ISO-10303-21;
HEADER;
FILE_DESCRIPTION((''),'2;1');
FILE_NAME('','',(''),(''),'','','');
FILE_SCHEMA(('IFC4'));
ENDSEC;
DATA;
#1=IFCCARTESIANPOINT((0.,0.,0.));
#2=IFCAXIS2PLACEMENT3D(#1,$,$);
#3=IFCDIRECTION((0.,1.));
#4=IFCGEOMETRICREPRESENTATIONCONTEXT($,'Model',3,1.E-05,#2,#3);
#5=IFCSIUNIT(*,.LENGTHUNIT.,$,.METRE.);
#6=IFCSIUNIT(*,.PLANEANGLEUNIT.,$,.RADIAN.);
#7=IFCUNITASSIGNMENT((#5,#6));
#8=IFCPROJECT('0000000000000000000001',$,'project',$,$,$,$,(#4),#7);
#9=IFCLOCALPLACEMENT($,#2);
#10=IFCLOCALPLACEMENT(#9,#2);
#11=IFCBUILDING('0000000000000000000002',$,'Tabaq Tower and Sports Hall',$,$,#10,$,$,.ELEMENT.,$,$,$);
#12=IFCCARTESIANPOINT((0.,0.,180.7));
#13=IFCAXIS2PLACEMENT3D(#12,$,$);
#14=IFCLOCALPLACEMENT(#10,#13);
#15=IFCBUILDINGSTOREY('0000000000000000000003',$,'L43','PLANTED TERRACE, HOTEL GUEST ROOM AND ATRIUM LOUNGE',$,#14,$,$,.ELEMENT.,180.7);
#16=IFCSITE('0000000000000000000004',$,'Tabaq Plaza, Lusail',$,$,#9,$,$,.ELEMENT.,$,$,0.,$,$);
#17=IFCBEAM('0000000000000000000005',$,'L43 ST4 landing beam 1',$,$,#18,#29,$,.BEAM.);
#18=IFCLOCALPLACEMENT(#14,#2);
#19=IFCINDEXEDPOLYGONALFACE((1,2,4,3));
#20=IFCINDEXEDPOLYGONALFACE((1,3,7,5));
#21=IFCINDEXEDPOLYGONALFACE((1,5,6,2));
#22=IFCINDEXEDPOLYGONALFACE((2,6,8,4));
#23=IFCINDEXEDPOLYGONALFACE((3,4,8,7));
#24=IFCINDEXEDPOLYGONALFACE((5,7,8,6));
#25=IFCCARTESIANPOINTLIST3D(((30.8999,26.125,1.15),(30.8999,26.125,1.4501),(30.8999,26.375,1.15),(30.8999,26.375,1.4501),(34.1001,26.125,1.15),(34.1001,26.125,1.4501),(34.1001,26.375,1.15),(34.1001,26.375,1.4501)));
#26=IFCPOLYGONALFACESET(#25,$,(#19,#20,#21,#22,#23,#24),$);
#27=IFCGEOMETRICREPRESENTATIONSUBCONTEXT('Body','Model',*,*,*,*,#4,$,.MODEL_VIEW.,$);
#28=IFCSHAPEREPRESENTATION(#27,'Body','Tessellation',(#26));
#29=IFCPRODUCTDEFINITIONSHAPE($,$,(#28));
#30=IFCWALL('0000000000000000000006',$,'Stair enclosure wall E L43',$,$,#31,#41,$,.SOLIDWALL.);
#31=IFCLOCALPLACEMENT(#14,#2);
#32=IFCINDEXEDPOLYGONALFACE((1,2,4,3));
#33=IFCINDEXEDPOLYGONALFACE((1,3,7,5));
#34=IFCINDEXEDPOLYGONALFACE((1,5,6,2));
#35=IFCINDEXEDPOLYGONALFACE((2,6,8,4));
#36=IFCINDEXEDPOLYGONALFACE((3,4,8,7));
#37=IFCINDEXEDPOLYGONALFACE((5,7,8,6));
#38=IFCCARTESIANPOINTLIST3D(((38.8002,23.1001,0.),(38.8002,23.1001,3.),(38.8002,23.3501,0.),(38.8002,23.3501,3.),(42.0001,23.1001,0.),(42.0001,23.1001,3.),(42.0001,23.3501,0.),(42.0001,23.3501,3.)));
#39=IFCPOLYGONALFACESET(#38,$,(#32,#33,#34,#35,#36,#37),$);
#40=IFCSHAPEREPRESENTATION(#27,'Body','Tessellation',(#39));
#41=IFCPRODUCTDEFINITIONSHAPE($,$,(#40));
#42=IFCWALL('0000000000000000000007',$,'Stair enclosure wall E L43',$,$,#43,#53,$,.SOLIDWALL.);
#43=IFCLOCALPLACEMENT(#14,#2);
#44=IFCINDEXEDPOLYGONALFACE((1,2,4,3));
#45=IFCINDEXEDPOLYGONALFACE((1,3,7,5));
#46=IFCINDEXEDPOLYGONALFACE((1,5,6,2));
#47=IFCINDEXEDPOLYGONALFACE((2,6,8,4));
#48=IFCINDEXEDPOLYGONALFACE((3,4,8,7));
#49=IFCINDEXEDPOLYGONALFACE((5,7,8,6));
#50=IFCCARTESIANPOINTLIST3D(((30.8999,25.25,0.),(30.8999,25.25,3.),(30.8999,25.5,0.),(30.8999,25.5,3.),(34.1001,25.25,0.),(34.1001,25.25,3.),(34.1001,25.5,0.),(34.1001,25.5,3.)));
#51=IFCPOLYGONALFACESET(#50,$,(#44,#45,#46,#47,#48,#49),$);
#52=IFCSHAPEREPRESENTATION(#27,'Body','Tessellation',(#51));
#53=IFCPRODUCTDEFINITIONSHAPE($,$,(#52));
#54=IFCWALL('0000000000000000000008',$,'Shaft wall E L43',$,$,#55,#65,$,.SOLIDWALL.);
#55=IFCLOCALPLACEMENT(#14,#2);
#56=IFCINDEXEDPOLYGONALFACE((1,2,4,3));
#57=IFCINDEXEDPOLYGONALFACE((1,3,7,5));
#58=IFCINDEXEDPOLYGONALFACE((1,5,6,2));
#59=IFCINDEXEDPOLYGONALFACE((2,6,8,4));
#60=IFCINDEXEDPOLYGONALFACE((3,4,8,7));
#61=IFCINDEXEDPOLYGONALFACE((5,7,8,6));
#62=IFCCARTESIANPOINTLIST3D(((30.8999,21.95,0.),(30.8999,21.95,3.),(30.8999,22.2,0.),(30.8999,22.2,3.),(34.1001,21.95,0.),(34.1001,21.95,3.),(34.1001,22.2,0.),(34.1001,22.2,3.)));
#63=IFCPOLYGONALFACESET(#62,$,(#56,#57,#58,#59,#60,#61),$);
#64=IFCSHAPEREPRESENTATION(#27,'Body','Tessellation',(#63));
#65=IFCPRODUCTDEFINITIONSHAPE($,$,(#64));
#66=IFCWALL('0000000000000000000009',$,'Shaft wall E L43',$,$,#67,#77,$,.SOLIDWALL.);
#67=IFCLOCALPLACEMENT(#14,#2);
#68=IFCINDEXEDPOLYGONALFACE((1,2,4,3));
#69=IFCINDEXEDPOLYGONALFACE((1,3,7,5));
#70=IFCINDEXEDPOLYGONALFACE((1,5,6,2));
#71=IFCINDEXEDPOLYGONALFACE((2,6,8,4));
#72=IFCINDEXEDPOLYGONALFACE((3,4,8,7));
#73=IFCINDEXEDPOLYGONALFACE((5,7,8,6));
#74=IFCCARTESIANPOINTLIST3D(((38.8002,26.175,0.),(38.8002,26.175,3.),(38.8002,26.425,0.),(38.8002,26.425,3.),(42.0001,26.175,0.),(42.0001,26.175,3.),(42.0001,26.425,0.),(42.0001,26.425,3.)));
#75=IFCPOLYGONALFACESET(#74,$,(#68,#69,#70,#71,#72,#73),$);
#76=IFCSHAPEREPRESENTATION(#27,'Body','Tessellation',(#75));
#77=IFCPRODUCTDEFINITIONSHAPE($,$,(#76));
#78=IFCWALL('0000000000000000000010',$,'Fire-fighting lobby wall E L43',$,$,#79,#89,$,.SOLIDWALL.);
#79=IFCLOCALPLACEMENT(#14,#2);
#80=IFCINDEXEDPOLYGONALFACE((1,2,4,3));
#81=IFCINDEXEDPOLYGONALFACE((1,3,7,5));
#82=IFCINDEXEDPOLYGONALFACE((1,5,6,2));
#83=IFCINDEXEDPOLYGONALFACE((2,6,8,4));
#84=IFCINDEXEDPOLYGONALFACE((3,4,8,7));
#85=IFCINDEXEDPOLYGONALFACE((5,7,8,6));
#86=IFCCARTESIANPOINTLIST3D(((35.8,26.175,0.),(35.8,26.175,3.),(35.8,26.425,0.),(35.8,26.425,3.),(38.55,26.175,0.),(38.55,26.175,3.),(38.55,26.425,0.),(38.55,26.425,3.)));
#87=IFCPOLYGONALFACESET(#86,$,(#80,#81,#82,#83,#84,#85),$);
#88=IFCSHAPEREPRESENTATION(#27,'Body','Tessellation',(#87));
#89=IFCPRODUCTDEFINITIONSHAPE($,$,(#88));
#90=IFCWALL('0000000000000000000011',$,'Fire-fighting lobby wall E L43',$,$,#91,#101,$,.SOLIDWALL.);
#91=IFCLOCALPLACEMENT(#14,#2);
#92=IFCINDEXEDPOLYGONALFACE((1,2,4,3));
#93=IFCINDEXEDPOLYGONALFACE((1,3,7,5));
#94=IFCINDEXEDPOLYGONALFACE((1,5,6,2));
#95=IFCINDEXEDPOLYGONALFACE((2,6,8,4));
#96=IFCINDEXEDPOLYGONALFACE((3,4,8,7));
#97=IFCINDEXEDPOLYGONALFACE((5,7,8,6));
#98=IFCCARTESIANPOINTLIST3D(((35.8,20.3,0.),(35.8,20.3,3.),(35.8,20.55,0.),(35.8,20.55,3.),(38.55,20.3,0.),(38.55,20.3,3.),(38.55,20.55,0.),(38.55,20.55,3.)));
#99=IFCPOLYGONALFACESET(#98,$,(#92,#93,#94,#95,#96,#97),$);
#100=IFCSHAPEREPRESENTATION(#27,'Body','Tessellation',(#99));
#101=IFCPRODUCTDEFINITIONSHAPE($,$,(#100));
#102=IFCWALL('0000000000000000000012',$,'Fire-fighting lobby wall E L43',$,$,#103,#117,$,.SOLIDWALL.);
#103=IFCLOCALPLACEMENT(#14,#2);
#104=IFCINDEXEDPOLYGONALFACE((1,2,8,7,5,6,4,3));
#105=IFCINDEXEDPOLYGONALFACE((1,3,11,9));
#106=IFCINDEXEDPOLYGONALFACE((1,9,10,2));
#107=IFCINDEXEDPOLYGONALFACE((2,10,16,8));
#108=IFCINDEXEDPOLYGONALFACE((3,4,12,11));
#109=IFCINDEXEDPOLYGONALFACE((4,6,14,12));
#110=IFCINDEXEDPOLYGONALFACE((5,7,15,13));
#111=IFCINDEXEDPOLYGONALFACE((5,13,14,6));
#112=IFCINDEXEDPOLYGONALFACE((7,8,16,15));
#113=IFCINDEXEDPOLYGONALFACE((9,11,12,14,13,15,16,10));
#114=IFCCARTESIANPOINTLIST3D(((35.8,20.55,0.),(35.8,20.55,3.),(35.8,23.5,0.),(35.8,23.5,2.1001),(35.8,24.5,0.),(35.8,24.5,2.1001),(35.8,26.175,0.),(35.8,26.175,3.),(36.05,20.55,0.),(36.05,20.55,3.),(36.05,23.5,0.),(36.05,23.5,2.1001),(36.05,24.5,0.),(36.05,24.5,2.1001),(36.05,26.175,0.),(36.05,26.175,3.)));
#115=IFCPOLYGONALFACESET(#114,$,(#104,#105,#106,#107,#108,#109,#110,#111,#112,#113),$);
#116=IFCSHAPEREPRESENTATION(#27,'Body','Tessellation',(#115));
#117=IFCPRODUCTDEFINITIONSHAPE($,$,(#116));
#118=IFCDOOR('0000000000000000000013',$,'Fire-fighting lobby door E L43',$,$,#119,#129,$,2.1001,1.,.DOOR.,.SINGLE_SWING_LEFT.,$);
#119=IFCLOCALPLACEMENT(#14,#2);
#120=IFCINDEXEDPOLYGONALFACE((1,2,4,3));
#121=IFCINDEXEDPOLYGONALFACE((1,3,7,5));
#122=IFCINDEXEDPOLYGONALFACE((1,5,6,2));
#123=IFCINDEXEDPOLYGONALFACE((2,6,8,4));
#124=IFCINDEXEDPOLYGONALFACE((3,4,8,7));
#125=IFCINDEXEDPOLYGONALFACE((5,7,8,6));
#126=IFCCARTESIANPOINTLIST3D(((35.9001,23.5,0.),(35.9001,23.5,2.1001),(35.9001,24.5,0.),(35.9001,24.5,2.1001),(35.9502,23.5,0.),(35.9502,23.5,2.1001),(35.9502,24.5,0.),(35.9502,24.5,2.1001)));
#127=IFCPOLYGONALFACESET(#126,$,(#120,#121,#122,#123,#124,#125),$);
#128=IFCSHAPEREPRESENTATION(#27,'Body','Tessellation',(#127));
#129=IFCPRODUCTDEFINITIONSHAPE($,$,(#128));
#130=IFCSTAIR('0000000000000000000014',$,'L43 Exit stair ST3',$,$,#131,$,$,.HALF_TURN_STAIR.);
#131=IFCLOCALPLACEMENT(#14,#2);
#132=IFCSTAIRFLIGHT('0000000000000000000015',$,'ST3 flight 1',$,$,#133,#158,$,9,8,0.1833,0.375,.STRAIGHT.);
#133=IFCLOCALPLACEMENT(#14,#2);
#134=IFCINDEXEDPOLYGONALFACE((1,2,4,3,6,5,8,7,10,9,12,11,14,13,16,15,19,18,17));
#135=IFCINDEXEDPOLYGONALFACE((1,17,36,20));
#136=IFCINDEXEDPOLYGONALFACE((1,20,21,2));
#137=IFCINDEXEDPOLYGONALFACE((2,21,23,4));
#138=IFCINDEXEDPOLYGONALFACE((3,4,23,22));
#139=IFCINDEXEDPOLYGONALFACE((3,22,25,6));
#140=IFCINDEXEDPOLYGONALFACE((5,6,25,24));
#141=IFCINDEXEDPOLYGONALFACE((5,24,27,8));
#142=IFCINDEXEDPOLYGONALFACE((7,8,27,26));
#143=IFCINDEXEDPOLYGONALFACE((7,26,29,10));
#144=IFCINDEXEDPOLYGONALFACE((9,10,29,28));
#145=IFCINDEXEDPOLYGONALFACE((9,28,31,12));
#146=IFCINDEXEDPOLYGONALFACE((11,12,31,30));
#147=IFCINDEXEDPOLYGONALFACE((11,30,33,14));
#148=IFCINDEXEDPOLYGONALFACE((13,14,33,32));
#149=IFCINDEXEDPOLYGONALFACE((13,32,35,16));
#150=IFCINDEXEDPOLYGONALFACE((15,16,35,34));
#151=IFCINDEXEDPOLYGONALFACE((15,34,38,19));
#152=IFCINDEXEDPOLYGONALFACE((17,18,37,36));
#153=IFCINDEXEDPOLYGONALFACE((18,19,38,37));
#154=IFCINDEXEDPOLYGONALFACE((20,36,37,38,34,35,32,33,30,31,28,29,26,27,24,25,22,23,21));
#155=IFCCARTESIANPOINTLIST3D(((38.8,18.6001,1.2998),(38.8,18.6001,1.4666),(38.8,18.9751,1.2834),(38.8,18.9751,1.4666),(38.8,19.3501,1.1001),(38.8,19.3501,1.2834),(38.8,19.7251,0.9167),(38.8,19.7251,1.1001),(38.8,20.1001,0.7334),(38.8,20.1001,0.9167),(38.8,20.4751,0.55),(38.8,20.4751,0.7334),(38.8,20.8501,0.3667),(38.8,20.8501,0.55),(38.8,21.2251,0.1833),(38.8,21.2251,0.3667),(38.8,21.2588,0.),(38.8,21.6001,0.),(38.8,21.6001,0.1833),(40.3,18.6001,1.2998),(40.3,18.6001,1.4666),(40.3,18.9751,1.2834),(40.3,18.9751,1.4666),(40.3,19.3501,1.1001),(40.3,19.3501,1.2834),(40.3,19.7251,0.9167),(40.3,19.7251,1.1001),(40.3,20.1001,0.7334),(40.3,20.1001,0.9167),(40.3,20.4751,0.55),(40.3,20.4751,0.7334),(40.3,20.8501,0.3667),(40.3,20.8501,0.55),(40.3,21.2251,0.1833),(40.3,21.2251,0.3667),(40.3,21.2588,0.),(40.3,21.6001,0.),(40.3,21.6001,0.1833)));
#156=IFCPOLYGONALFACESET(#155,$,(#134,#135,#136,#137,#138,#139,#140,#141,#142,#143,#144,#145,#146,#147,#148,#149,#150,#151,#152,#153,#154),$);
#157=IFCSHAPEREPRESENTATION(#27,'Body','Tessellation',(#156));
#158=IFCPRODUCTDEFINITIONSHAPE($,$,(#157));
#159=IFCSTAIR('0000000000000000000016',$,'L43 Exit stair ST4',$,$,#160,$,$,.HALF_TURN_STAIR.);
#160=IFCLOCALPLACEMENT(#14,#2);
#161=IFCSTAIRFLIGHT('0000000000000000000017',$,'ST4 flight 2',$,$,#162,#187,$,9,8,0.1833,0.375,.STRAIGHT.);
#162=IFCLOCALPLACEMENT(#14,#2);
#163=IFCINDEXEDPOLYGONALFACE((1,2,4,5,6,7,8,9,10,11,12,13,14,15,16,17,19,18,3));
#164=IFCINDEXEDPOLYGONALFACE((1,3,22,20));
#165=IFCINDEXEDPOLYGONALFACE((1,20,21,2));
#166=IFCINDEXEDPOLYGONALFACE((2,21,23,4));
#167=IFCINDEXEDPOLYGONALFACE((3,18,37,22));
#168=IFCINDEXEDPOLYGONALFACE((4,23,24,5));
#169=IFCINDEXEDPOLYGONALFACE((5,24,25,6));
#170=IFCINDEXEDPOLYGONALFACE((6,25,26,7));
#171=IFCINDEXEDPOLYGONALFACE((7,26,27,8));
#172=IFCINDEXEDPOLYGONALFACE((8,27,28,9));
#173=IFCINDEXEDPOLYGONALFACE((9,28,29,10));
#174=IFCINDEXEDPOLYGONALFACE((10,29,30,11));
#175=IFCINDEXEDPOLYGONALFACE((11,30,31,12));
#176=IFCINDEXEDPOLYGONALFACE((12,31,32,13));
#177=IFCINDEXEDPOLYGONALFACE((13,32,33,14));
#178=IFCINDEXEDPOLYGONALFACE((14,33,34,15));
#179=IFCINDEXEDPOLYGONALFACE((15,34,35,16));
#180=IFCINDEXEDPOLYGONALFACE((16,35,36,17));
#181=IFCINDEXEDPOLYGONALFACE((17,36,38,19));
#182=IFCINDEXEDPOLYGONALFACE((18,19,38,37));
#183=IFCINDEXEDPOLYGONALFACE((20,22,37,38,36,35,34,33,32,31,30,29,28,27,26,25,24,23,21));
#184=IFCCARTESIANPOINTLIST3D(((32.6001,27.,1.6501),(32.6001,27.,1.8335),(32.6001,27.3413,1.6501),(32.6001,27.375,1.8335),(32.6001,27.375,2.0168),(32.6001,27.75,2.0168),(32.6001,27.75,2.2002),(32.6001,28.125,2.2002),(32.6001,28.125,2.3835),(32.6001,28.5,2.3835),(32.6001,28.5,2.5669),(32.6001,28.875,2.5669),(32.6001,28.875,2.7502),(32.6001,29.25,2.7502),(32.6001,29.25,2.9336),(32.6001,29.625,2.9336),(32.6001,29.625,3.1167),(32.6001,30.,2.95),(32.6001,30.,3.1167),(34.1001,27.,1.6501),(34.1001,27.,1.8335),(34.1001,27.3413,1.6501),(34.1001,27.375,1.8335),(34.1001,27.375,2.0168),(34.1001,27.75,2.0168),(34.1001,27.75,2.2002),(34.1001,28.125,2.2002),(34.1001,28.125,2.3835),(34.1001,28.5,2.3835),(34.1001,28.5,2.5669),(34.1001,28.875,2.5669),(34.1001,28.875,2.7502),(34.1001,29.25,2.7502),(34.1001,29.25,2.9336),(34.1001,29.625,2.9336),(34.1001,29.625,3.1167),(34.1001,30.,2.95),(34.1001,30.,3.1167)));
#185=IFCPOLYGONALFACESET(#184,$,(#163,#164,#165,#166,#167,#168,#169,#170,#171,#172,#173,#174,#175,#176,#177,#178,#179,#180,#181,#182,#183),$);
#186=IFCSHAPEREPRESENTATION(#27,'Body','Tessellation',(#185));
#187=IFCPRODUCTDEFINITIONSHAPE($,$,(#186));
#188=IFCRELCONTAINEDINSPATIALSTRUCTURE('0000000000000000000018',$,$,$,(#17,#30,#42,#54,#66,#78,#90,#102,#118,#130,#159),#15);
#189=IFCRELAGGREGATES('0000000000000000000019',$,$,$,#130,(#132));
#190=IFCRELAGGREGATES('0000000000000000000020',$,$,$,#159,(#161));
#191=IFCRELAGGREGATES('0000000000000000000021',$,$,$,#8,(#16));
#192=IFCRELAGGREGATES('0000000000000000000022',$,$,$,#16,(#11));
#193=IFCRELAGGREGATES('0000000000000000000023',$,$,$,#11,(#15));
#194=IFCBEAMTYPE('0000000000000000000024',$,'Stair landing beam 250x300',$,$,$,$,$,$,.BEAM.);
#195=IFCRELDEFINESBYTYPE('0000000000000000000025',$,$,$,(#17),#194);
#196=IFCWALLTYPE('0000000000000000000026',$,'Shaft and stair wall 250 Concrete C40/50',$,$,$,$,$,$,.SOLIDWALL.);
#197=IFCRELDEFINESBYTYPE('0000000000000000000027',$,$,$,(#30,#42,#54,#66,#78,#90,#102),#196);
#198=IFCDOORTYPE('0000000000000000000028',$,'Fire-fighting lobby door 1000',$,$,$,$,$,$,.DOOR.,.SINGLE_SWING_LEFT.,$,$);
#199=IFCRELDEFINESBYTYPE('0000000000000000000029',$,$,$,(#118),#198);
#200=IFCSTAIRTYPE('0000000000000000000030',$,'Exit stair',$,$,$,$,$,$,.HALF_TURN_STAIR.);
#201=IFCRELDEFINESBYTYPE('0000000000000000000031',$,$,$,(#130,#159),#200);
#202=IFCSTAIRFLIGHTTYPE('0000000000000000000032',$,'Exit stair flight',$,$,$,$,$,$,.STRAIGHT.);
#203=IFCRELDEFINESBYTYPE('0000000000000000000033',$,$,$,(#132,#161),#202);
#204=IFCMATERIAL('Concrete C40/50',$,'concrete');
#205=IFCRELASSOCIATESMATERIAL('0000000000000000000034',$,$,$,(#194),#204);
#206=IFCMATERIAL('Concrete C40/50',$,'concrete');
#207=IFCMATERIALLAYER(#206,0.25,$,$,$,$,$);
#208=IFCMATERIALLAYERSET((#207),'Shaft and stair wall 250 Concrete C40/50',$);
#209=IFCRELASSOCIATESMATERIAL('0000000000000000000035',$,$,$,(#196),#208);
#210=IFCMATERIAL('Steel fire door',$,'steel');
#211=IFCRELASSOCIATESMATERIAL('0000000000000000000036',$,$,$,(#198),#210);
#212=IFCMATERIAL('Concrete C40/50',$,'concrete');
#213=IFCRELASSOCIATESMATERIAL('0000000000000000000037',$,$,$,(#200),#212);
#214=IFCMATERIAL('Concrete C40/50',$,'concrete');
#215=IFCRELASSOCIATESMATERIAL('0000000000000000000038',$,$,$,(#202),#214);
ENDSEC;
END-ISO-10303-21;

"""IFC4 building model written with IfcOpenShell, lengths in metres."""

from ifc_helpers import new_model, si_unit, direction, frame, frame_2d, origin, origin_2d, place, context, subcontext, project, spatial, polyline, rectangle, outline, extrude, material, layer, layer_set, material_profile, profile_set, type_object, element, fill, aggregate, save


model = new_model("IFC4")

# Units and contexts
model_context = context("Model", 3, precision=1e-05, world=origin(), true_north=direction((0.0, 1.0)))
body_context = subcontext(model_context, "Body", "Model", "MODEL_VIEW")
ifc_project = project(units=[si_unit("LENGTHUNIT", "METRE"), si_unit("PLANEANGLEUNIT", "RADIAN")], contexts=[model_context])

# Site, building, storey
site_placement = place(None, origin())
site = spatial("IfcSite", under=ifc_project, at=site_placement, Name="Tabaq Plaza, Lusail", CompositionType="ELEMENT", RefElevation=0.0)
building_placement = place(site_placement, origin())
building = spatial("IfcBuilding", under=site, at=building_placement, Name="Tabaq Tower and Sports Hall", CompositionType="ELEMENT")
storey_placement = place(building_placement, frame((0.0, 0.0, 180.7)))
storey = spatial("IfcBuildingStorey", under=building, at=storey_placement, Name="L43", Description="PLANTED TERRACE, HOTEL GUEST ROOM AND ATRIUM LOUNGE", CompositionType="ELEMENT", Elevation=180.7)

# Beam
ifc_material_1 = material(Name="Concrete C40/50", Category="concrete")
ifc_material_profile = material_profile(ifc_material_1, rectangle(XDim=0.25, YDim=0.3, at=origin_2d()), Name="RC 250x300")
ifc_profile_set = profile_set([ifc_material_profile], Name="Concrete C40/50")
beam_type = type_object("IfcBeamType", Name="Stair landing beam 250x300", PredefinedType="BEAM", material=ifc_profile_set)
beam_placement = place(storey_placement, frame((30.8999, 26.25, 1.3), z_axis=(1.0, 0.0, 0.0), x_axis=(0.0, 1.0, 0.0)))
element("IfcBeam", 1, at=beam_placement, inside=storey, type_object=beam_type, Name="L43 ST4 landing beam 1", PredefinedType="BEAM", context=body_context, shape_type="SweptSolid", body=[
    extrude(rectangle(XDim=0.25, YDim=0.3, at=origin_2d()), origin(), (0.0, 0.0, 1.0), 3.2002),
])

# Walls
ifc_material_2 = material(Name="Concrete C40/50", Category="concrete")
ifc_layer = layer(ifc_material_2, 0.25)
ifc_layer_set = layer_set([ifc_layer], Name="Shaft and stair wall 250 Concrete C40/50")
wall_type = type_object("IfcWallType", Name="Shaft and stair wall 250 Concrete C40/50", PredefinedType="SOLIDWALL", material=ifc_layer_set)
wall_1_placement = place(storey_placement, frame((38.8, 23.2251, 0.0), z_axis=(0.0, 0.0, 1.0), x_axis=(1.0, 0.0, 0.0)))
element("IfcWall", 2, at=wall_1_placement, inside=storey, type_object=wall_type, Name="Stair enclosure wall E L43", PredefinedType="SOLIDWALL", context=body_context, shape_type="SweptSolid", body=[
    extrude(rectangle(XDim=3.2, YDim=0.25, at=frame_2d((1.6001, 0.0))), origin(), (0.0, 0.0, 1.0), 3.0),
])
for number, where, z_axis, x_axis, name in (
    (3, (30.8999, 25.375, 0.0), (0.0, 0.0, 1.0), (1.0, 0.0, 0.0), "Stair enclosure wall E L43"),
    (4, (30.8999, 22.075, 0.0), (0.0, 0.0, 1.0), (1.0, 0.0, 0.0), "Shaft wall E L43"),
):
    element("IfcWall", number, at=place(storey_placement, frame(where, z_axis=z_axis, x_axis=x_axis)), inside=storey, type_object=wall_type, Name=name, PredefinedType="SOLIDWALL", context=body_context, shape_type="SweptSolid", body=[
        extrude(rectangle(XDim=3.2002, YDim=0.25, at=frame_2d((1.6001, 0.0))), origin(), (0.0, 0.0, 1.0), 3.0),
    ])
wall_2_placement = place(storey_placement, frame((38.8, 26.3, 0.0), z_axis=(0.0, 0.0, 1.0), x_axis=(1.0, 0.0, 0.0)))
element("IfcWall", 5, at=wall_2_placement, inside=storey, type_object=wall_type, Name="Shaft wall E L43", PredefinedType="SOLIDWALL", context=body_context, shape_type="SweptSolid", body=[
    extrude(rectangle(XDim=3.2, YDim=0.25, at=frame_2d((1.6001, 0.0))), origin(), (0.0, 0.0, 1.0), 3.0),
])
for number, where, z_axis, x_axis, name in (
    (6, (35.8, 26.3, 0.0), (0.0, 0.0, 1.0), (1.0, 0.0, 0.0), "Fire-fighting lobby wall E L43"),
    (7, (35.8, 20.425, 0.0), (0.0, 0.0, 1.0), (1.0, 0.0, 0.0), "Fire-fighting lobby wall E L43"),
):
    element("IfcWall", number, at=place(storey_placement, frame(where, z_axis=z_axis, x_axis=x_axis)), inside=storey, type_object=wall_type, Name=name, PredefinedType="SOLIDWALL", context=body_context, shape_type="SweptSolid", body=[
        extrude(rectangle(XDim=2.75, YDim=0.25, at=frame_2d((1.375, 0.0))), origin(), (0.0, 0.0, 1.0), 3.0),
    ])

# Wall, opening, door
wall_3_placement = place(storey_placement, frame((35.925, 20.55, 0.0), z_axis=(0.0, 0.0, 1.0), x_axis=(0.0, 1.0, 0.0)))
wall_3 = element("IfcWall", 8, at=wall_3_placement, inside=storey, type_object=wall_type, Name="Fire-fighting lobby wall E L43", PredefinedType="SOLIDWALL", context=body_context, shape_type="SweptSolid", body=[
    extrude(rectangle(XDim=5.625, YDim=0.25, at=frame_2d((2.8125, 0.0))), origin(), (0.0, 0.0, 1.0), 3.0),
])
opening_placement = place(wall_3_placement, frame((2.95, 0.0, 0.0)))
opening = element("IfcOpeningElement", 9, at=opening_placement, cuts=wall_3, PredefinedType="OPENING", context=body_context, shape_type="SweptSolid", body=[
    extrude(rectangle(XDim=1.0, YDim=2.1001, at=frame_2d((0.5, 1.05))), frame((0.0, 0.125, 0.0), z_axis=(0.0, -1.0, 0.0), x_axis=(1.0, 0.0, 0.0)), (0.0, 0.0, 1.0), 0.25),
])
ifc_material_3 = material(Name="Steel fire door", Category="steel")
door_type = type_object("IfcDoorType", Name="Fire-fighting lobby door 1000", OperationType="SINGLE_SWING_LEFT", PredefinedType="DOOR", material=ifc_material_3)
door_placement = place(opening_placement, origin())
door = element("IfcDoor", 10, at=door_placement, inside=storey, type_object=door_type, Name="Fire-fighting lobby door E L43", OperationType="SINGLE_SWING_LEFT", OverallHeight=2.1001, OverallWidth=1.0, PredefinedType="DOOR", context=body_context, shape_type="SweptSolid", body=[
    extrude(rectangle(XDim=1.0, YDim=2.1001, at=frame_2d((0.5, 1.05))), frame((0.0, 0.0249, 0.0), z_axis=(0.0, -1.0, 0.0), x_axis=(1.0, 0.0, 0.0)), (0.0, 0.0, 1.0), 0.05),
])
fill(opening, door)

# Stairs, stair flights
ifc_material_4 = material(Name="Concrete C40/50", Category="concrete")
stair_type = type_object("IfcStairType", Name="Exit stair", PredefinedType="HALF_TURN_STAIR", material=ifc_material_4)
stair_1_placement = place(storey_placement, origin())
stair_1 = element("IfcStair", 11, at=stair_1_placement, inside=storey, type_object=stair_type, Name="L43 Exit stair ST3", PredefinedType="HALF_TURN_STAIR")
ifc_material_5 = material(Name="Concrete C40/50", Category="concrete")
stair_flight_type = type_object("IfcStairFlightType", Name="Exit stair flight", PredefinedType="STRAIGHT", material=ifc_material_5)
stair_flight_1_placement = place(storey_placement, frame((39.55, 21.6001, 0.0), z_axis=(0.0, 0.0, 1.0), x_axis=(0.0, -1.0, 0.0)))
stair_flight_1 = element("IfcStairFlight", 12, at=stair_flight_1_placement, type_object=stair_flight_type, Name="ST3 flight 1", NumberOfRisers=9, NumberOfTreads=8, PredefinedType="STRAIGHT", RiserHeight=0.1833, TreadLength=0.375, context=body_context, shape_type="SweptSolid", body=[
    extrude(outline(polyline([(0.0, 0.0), (0.0, 0.1833), (0.375, 0.1833), (0.375, 0.3667), (0.75, 0.3667), (0.75, 0.55), (1.125, 0.55), (1.125, 0.7334), (1.5, 0.7334), (1.5, 0.9167), (1.875, 0.9167), (1.875, 1.1001), (2.25, 1.1001), (2.25, 1.2834), (2.625, 1.2834), (2.625, 1.4666), (3.0, 1.4666), (3.0, 1.6499), (3.0, 1.2998), (0.3413, 0.0), (0.0, 0.0)])), frame((0.0, 0.75, 0.0), z_axis=(0.0, -1.0, 0.0), x_axis=(1.0, 0.0, 0.0)), (0.0, 0.0, 1.0), 1.5),
])
aggregate(stair_1, [stair_flight_1])
stair_2_placement = place(storey_placement, origin())
stair_2 = element("IfcStair", 13, at=stair_2_placement, inside=storey, type_object=stair_type, Name="L43 Exit stair ST4", PredefinedType="HALF_TURN_STAIR")
stair_flight_2_placement = place(storey_placement, frame((33.3501, 27.0, 1.6501), z_axis=(0.0, 0.0, 1.0), x_axis=(0.0, 1.0, 0.0)))
stair_flight_2 = element("IfcStairFlight", 14, at=stair_flight_2_placement, type_object=stair_flight_type, Name="ST4 flight 2", NumberOfRisers=9, NumberOfTreads=8, PredefinedType="STRAIGHT", RiserHeight=0.1833, TreadLength=0.375, context=body_context, shape_type="SweptSolid", body=[
    extrude(outline(polyline([(0.0, 0.0), (0.0, 0.1833), (0.375, 0.1833), (0.375, 0.3667), (0.75, 0.3667), (0.75, 0.55), (1.125, 0.55), (1.125, 0.7334), (1.5, 0.7334), (1.5, 0.9167), (1.875, 0.9167), (1.875, 1.1001), (2.25, 1.1001), (2.25, 1.2834), (2.625, 1.2834), (2.625, 1.4666), (3.0, 1.4666), (3.0, 1.6499), (3.0, 1.2998), (0.3413, 0.0), (0.0, 0.0)])), frame((0.0, 0.75, 0.0), z_axis=(0.0, -1.0, 0.0), x_axis=(1.0, 0.0, 0.0)), (0.0, 0.0, 1.0), 1.5),
])
aggregate(stair_2, [stair_flight_2])

save(model, "model.ifc")
